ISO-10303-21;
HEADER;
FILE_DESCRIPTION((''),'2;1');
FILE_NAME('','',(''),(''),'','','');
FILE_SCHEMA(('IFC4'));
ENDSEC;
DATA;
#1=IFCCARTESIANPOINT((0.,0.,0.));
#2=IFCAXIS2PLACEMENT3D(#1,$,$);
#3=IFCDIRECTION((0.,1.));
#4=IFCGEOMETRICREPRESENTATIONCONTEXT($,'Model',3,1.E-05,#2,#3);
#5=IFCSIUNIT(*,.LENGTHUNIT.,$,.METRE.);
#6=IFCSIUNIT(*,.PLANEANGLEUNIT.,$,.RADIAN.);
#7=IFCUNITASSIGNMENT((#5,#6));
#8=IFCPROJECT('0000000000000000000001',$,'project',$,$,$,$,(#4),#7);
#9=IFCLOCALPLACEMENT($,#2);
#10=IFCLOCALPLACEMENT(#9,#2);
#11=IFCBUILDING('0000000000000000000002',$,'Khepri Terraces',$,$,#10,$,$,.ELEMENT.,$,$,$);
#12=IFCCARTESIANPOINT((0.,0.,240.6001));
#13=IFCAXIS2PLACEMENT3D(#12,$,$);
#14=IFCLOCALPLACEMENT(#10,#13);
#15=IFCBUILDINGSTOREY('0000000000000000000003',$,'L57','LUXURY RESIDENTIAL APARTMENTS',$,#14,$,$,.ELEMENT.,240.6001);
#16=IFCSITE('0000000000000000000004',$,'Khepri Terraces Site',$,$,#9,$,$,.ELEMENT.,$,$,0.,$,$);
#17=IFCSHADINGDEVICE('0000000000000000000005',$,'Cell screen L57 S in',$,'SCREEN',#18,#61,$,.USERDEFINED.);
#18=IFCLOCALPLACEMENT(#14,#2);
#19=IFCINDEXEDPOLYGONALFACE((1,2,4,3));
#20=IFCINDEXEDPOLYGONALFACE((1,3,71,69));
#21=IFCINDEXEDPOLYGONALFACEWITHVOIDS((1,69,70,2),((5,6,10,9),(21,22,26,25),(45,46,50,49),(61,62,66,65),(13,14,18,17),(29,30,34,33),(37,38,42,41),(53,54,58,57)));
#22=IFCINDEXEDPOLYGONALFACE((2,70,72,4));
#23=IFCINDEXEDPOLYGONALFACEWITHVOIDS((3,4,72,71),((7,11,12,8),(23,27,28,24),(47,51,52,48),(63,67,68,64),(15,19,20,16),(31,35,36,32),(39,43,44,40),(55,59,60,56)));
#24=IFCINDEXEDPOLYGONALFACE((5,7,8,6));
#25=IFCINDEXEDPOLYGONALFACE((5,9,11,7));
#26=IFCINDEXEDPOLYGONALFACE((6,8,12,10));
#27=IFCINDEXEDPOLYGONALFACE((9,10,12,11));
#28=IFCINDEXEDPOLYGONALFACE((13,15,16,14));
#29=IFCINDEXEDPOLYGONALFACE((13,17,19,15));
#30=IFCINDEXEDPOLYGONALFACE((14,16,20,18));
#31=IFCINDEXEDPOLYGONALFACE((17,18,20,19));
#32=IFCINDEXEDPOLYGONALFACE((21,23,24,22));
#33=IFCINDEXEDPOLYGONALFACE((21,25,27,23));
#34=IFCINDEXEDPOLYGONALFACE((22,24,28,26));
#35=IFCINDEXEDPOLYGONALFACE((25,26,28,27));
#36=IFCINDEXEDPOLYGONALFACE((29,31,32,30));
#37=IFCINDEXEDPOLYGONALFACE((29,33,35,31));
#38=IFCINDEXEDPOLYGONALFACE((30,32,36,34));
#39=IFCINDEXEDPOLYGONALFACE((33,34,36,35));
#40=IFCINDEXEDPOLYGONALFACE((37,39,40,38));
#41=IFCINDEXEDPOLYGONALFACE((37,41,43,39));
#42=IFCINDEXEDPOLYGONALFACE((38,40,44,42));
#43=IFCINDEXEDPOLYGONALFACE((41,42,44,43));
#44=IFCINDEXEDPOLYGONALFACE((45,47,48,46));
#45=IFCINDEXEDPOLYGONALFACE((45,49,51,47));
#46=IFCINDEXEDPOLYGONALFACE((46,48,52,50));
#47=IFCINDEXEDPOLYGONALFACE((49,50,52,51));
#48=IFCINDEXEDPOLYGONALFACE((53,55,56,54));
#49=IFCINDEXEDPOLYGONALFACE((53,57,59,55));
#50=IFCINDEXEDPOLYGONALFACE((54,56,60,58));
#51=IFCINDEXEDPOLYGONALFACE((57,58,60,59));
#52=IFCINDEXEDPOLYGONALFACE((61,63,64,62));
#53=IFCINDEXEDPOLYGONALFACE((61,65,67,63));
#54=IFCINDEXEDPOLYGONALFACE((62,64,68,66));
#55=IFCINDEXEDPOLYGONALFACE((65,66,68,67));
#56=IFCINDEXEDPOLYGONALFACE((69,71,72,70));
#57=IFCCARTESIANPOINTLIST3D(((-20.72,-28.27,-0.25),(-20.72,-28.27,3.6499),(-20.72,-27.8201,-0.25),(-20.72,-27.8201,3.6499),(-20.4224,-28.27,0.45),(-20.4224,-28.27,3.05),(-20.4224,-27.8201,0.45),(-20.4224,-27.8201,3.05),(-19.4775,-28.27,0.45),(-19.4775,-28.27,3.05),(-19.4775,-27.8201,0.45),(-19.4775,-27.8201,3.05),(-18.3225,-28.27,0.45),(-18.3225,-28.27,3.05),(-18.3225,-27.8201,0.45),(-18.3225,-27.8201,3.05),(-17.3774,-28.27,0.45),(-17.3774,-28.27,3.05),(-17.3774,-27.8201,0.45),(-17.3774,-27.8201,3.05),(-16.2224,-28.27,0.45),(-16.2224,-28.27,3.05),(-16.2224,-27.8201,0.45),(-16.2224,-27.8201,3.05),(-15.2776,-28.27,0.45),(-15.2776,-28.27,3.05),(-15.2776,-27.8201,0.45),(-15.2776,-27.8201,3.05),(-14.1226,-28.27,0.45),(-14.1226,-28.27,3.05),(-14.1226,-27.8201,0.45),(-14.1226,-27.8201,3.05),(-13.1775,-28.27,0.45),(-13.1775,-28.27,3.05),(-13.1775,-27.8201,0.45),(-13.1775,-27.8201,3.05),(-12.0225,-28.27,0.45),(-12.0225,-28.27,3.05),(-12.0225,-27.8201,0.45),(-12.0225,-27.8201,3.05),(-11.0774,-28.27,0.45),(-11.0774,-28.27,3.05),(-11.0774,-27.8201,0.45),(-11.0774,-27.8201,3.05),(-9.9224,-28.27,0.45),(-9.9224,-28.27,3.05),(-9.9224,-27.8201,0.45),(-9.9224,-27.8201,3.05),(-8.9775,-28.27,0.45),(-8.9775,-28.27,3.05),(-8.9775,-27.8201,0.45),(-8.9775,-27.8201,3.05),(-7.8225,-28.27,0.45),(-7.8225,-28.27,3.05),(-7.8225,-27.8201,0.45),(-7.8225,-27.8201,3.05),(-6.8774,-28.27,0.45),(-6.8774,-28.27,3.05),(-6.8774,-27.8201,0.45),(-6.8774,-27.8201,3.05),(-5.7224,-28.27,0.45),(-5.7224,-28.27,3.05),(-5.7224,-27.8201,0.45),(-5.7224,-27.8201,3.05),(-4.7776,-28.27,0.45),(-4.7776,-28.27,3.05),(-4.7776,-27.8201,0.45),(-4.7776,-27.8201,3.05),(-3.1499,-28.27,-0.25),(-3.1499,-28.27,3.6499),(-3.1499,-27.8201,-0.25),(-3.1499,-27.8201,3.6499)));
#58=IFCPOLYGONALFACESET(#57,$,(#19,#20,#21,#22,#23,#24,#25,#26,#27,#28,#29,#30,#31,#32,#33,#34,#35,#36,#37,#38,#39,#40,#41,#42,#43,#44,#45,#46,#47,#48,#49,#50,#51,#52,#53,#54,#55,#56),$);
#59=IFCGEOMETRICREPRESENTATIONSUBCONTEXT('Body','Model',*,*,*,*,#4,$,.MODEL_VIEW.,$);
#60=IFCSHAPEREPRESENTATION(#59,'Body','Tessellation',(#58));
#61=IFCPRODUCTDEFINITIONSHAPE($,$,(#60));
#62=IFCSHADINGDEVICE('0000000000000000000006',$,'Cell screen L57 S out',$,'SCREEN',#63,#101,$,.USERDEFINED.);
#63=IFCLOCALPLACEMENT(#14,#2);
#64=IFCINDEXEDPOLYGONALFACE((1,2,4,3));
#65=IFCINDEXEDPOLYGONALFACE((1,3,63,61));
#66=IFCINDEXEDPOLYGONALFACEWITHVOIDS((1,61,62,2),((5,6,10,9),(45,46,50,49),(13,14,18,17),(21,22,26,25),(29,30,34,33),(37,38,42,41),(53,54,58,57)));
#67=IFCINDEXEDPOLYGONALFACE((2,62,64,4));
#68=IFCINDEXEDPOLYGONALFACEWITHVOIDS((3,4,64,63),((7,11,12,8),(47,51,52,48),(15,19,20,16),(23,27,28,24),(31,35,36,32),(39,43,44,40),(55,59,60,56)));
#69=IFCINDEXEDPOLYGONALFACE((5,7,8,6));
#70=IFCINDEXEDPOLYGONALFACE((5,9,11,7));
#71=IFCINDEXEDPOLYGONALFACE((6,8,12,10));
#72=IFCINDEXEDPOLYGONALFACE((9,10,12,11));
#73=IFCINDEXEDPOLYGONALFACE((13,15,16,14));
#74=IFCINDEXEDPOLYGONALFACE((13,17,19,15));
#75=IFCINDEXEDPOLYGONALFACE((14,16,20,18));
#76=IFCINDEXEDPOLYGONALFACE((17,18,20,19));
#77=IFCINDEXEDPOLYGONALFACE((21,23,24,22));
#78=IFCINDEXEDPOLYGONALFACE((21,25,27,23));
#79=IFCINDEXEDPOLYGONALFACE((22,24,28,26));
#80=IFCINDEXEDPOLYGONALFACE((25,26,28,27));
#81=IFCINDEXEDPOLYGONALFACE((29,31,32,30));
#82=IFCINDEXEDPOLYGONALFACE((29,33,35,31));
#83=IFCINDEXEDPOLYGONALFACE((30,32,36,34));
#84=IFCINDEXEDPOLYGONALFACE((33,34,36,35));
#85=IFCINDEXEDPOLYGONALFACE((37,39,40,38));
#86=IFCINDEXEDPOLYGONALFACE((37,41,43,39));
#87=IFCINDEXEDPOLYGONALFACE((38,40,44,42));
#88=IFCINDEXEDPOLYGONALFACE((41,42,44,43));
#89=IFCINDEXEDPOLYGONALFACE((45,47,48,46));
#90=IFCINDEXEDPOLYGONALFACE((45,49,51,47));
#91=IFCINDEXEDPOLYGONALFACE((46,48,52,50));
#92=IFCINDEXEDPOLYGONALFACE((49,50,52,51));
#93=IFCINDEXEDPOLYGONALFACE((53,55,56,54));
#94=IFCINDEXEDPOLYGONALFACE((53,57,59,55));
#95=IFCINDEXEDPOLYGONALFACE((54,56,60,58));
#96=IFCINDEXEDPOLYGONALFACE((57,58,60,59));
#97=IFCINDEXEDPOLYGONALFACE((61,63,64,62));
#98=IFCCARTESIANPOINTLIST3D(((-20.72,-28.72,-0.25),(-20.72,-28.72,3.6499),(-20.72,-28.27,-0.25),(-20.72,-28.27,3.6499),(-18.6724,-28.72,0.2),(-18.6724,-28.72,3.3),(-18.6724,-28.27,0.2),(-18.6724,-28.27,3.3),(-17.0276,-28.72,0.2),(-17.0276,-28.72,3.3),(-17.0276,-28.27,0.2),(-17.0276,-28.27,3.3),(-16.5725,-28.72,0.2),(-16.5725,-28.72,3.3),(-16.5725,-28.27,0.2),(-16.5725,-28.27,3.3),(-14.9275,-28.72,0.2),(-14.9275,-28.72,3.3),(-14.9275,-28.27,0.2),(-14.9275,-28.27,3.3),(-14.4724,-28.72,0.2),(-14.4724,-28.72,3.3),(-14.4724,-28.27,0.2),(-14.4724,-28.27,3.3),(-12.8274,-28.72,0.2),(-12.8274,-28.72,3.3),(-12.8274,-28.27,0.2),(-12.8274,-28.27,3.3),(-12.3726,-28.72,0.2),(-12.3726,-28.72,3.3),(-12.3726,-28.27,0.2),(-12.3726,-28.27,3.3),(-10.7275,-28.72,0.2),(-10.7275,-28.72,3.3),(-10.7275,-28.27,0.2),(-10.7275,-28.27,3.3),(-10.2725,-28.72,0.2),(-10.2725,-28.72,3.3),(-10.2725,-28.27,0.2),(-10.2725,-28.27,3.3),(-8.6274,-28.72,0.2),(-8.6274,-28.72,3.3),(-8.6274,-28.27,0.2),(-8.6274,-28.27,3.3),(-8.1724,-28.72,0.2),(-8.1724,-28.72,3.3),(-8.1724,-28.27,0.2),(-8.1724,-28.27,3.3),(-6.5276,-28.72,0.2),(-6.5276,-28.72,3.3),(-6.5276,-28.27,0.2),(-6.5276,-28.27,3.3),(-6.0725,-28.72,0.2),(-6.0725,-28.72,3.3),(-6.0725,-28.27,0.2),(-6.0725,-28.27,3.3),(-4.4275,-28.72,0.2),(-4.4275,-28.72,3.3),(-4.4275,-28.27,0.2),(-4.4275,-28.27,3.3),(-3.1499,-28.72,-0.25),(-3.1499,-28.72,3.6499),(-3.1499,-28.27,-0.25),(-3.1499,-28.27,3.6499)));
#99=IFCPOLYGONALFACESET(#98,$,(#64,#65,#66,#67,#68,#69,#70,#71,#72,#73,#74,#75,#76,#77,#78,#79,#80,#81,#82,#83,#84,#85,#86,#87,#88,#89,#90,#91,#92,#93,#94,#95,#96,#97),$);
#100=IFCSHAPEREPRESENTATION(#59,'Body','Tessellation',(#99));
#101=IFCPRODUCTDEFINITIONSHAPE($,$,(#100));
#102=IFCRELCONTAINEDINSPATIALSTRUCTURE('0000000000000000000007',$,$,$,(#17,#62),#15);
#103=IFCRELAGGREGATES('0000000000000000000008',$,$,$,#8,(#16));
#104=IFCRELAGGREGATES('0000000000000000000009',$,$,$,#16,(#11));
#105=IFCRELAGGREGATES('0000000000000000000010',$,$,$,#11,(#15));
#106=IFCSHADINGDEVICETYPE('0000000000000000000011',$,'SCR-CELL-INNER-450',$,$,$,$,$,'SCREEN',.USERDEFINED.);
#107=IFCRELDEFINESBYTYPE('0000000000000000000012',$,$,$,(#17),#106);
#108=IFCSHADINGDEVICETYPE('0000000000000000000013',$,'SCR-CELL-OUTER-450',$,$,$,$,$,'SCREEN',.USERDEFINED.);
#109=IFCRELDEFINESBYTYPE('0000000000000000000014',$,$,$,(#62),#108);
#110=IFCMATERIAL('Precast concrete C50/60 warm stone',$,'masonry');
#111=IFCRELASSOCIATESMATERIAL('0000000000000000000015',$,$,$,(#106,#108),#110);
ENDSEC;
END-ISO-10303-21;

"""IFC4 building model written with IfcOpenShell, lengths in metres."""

from ifc_helpers import new_model, si_unit, direction, frame, origin, place, context, subcontext, project, spatial, polyline, outline, extrude, material, type_object, element, save


model = new_model("IFC4")

# Units and contexts
model_context = context("Model", 3, precision=1e-05, world=origin(), true_north=direction((0.0, 1.0)))
body_context = subcontext(model_context, "Body", "Model", "MODEL_VIEW")
ifc_project = project(units=[si_unit("LENGTHUNIT", "METRE"), si_unit("PLANEANGLEUNIT", "RADIAN")], contexts=[model_context])

# Site, building, storey
site_placement = place(None, origin())
site = spatial("IfcSite", under=ifc_project, at=site_placement, Name="Khepri Terraces Site", CompositionType="ELEMENT", RefElevation=0.0)
building_placement = place(site_placement, origin())
building = spatial("IfcBuilding", under=site, at=building_placement, Name="Khepri Terraces", CompositionType="ELEMENT")
storey_placement = place(building_placement, frame((0.0, 0.0, 240.6001)))
storey = spatial("IfcBuildingStorey", under=building, at=storey_placement, Name="L57", Description="LUXURY RESIDENTIAL APARTMENTS", CompositionType="ELEMENT", Elevation=240.6001)

# Shared definitions
ifc_material_1 = material(Name="Precast concrete C50/60 warm stone", Category="masonry")

# Shading devices
shading_device_type_1 = type_object("IfcShadingDeviceType", Name="SCR-CELL-INNER-450", ElementType="SCREEN", PredefinedType="USERDEFINED", material=ifc_material_1)
shading_device_1_placement = place(storey_placement, frame((-20.72, -27.8201, -0.25), z_axis=(0.0, -1.0, 0.0), x_axis=(1.0, 0.0, 0.0)))
element("IfcShadingDevice", 1, at=shading_device_1_placement, inside=storey, type_object=shading_device_type_1, Name="Cell screen L57 S in", ObjectType="SCREEN", PredefinedType="USERDEFINED", context=body_context, shape_type="SweptSolid", body=[
    extrude(outline(polyline([(0.0, 0.0), (17.5701, 0.0), (17.5701, 3.8999), (0.0, 3.8999), (0.0, 0.0)]), holes=[polyline([(0.2976, 0.7), (1.2424, 0.7), (1.2424, 3.3), (0.2976, 3.3), (0.2976, 0.7)]), polyline([(2.3975, 0.7), (3.3425, 0.7), (3.3425, 3.3), (2.3975, 3.3), (2.3975, 0.7)]), polyline([(4.4976, 0.7), (5.4424, 0.7), (5.4424, 3.3), (4.4976, 3.3), (4.4976, 0.7)]), polyline([(6.5974, 0.7), (7.5425, 0.7), (7.5425, 3.3), (6.5974, 3.3), (6.5974, 0.7)]), polyline([(8.6975, 0.7), (9.6426, 0.7), (9.6426, 3.3), (8.6975, 3.3), (8.6975, 0.7)]), polyline([(10.7976, 0.7), (11.7424, 0.7), (11.7424, 3.3), (10.7976, 3.3), (10.7976, 0.7)]), polyline([(12.8975, 0.7), (13.8425, 0.7), (13.8425, 3.3), (12.8975, 3.3), (12.8975, 0.7)]), polyline([(14.9976, 0.7), (15.9424, 0.7), (15.9424, 3.3), (14.9976, 3.3), (14.9976, 0.7)])]), origin(), (0.0, 0.0, 1.0), 0.45),
])
shading_device_type_2 = type_object("IfcShadingDeviceType", Name="SCR-CELL-OUTER-450", ElementType="SCREEN", PredefinedType="USERDEFINED", material=ifc_material_1)
shading_device_2_placement = place(storey_placement, frame((-20.72, -28.27, -0.25), z_axis=(0.0, -1.0, 0.0), x_axis=(1.0, 0.0, 0.0)))
element("IfcShadingDevice", 2, at=shading_device_2_placement, inside=storey, type_object=shading_device_type_2, Name="Cell screen L57 S out", ObjectType="SCREEN", PredefinedType="USERDEFINED", context=body_context, shape_type="SweptSolid", body=[
    extrude(outline(polyline([(0.0, 0.0), (17.5701, 0.0), (17.5701, 3.8999), (0.0, 3.8999), (0.0, 0.0)]), holes=[polyline([(2.0476, 0.45), (3.6924, 0.45), (3.6924, 3.55), (2.0476, 3.55), (2.0476, 0.45)]), polyline([(4.1475, 0.45), (5.7925, 0.45), (5.7925, 3.55), (4.1475, 3.55), (4.1475, 0.45)]), polyline([(6.2476, 0.45), (7.8926, 0.45), (7.8926, 3.55), (6.2476, 3.55), (6.2476, 0.45)]), polyline([(8.3474, 0.45), (9.9924, 0.45), (9.9924, 3.55), (8.3474, 3.55), (8.3474, 0.45)]), polyline([(10.4475, 0.45), (12.0925, 0.45), (12.0925, 3.55), (10.4475, 3.55), (10.4475, 0.45)]), polyline([(12.5476, 0.45), (14.1924, 0.45), (14.1924, 3.55), (12.5476, 3.55), (12.5476, 0.45)]), polyline([(14.6475, 0.45), (16.2925, 0.45), (16.2925, 3.55), (14.6475, 3.55), (14.6475, 0.45)])]), origin(), (0.0, 0.0, 1.0), 0.45),
])

save(model, "model.ifc")
